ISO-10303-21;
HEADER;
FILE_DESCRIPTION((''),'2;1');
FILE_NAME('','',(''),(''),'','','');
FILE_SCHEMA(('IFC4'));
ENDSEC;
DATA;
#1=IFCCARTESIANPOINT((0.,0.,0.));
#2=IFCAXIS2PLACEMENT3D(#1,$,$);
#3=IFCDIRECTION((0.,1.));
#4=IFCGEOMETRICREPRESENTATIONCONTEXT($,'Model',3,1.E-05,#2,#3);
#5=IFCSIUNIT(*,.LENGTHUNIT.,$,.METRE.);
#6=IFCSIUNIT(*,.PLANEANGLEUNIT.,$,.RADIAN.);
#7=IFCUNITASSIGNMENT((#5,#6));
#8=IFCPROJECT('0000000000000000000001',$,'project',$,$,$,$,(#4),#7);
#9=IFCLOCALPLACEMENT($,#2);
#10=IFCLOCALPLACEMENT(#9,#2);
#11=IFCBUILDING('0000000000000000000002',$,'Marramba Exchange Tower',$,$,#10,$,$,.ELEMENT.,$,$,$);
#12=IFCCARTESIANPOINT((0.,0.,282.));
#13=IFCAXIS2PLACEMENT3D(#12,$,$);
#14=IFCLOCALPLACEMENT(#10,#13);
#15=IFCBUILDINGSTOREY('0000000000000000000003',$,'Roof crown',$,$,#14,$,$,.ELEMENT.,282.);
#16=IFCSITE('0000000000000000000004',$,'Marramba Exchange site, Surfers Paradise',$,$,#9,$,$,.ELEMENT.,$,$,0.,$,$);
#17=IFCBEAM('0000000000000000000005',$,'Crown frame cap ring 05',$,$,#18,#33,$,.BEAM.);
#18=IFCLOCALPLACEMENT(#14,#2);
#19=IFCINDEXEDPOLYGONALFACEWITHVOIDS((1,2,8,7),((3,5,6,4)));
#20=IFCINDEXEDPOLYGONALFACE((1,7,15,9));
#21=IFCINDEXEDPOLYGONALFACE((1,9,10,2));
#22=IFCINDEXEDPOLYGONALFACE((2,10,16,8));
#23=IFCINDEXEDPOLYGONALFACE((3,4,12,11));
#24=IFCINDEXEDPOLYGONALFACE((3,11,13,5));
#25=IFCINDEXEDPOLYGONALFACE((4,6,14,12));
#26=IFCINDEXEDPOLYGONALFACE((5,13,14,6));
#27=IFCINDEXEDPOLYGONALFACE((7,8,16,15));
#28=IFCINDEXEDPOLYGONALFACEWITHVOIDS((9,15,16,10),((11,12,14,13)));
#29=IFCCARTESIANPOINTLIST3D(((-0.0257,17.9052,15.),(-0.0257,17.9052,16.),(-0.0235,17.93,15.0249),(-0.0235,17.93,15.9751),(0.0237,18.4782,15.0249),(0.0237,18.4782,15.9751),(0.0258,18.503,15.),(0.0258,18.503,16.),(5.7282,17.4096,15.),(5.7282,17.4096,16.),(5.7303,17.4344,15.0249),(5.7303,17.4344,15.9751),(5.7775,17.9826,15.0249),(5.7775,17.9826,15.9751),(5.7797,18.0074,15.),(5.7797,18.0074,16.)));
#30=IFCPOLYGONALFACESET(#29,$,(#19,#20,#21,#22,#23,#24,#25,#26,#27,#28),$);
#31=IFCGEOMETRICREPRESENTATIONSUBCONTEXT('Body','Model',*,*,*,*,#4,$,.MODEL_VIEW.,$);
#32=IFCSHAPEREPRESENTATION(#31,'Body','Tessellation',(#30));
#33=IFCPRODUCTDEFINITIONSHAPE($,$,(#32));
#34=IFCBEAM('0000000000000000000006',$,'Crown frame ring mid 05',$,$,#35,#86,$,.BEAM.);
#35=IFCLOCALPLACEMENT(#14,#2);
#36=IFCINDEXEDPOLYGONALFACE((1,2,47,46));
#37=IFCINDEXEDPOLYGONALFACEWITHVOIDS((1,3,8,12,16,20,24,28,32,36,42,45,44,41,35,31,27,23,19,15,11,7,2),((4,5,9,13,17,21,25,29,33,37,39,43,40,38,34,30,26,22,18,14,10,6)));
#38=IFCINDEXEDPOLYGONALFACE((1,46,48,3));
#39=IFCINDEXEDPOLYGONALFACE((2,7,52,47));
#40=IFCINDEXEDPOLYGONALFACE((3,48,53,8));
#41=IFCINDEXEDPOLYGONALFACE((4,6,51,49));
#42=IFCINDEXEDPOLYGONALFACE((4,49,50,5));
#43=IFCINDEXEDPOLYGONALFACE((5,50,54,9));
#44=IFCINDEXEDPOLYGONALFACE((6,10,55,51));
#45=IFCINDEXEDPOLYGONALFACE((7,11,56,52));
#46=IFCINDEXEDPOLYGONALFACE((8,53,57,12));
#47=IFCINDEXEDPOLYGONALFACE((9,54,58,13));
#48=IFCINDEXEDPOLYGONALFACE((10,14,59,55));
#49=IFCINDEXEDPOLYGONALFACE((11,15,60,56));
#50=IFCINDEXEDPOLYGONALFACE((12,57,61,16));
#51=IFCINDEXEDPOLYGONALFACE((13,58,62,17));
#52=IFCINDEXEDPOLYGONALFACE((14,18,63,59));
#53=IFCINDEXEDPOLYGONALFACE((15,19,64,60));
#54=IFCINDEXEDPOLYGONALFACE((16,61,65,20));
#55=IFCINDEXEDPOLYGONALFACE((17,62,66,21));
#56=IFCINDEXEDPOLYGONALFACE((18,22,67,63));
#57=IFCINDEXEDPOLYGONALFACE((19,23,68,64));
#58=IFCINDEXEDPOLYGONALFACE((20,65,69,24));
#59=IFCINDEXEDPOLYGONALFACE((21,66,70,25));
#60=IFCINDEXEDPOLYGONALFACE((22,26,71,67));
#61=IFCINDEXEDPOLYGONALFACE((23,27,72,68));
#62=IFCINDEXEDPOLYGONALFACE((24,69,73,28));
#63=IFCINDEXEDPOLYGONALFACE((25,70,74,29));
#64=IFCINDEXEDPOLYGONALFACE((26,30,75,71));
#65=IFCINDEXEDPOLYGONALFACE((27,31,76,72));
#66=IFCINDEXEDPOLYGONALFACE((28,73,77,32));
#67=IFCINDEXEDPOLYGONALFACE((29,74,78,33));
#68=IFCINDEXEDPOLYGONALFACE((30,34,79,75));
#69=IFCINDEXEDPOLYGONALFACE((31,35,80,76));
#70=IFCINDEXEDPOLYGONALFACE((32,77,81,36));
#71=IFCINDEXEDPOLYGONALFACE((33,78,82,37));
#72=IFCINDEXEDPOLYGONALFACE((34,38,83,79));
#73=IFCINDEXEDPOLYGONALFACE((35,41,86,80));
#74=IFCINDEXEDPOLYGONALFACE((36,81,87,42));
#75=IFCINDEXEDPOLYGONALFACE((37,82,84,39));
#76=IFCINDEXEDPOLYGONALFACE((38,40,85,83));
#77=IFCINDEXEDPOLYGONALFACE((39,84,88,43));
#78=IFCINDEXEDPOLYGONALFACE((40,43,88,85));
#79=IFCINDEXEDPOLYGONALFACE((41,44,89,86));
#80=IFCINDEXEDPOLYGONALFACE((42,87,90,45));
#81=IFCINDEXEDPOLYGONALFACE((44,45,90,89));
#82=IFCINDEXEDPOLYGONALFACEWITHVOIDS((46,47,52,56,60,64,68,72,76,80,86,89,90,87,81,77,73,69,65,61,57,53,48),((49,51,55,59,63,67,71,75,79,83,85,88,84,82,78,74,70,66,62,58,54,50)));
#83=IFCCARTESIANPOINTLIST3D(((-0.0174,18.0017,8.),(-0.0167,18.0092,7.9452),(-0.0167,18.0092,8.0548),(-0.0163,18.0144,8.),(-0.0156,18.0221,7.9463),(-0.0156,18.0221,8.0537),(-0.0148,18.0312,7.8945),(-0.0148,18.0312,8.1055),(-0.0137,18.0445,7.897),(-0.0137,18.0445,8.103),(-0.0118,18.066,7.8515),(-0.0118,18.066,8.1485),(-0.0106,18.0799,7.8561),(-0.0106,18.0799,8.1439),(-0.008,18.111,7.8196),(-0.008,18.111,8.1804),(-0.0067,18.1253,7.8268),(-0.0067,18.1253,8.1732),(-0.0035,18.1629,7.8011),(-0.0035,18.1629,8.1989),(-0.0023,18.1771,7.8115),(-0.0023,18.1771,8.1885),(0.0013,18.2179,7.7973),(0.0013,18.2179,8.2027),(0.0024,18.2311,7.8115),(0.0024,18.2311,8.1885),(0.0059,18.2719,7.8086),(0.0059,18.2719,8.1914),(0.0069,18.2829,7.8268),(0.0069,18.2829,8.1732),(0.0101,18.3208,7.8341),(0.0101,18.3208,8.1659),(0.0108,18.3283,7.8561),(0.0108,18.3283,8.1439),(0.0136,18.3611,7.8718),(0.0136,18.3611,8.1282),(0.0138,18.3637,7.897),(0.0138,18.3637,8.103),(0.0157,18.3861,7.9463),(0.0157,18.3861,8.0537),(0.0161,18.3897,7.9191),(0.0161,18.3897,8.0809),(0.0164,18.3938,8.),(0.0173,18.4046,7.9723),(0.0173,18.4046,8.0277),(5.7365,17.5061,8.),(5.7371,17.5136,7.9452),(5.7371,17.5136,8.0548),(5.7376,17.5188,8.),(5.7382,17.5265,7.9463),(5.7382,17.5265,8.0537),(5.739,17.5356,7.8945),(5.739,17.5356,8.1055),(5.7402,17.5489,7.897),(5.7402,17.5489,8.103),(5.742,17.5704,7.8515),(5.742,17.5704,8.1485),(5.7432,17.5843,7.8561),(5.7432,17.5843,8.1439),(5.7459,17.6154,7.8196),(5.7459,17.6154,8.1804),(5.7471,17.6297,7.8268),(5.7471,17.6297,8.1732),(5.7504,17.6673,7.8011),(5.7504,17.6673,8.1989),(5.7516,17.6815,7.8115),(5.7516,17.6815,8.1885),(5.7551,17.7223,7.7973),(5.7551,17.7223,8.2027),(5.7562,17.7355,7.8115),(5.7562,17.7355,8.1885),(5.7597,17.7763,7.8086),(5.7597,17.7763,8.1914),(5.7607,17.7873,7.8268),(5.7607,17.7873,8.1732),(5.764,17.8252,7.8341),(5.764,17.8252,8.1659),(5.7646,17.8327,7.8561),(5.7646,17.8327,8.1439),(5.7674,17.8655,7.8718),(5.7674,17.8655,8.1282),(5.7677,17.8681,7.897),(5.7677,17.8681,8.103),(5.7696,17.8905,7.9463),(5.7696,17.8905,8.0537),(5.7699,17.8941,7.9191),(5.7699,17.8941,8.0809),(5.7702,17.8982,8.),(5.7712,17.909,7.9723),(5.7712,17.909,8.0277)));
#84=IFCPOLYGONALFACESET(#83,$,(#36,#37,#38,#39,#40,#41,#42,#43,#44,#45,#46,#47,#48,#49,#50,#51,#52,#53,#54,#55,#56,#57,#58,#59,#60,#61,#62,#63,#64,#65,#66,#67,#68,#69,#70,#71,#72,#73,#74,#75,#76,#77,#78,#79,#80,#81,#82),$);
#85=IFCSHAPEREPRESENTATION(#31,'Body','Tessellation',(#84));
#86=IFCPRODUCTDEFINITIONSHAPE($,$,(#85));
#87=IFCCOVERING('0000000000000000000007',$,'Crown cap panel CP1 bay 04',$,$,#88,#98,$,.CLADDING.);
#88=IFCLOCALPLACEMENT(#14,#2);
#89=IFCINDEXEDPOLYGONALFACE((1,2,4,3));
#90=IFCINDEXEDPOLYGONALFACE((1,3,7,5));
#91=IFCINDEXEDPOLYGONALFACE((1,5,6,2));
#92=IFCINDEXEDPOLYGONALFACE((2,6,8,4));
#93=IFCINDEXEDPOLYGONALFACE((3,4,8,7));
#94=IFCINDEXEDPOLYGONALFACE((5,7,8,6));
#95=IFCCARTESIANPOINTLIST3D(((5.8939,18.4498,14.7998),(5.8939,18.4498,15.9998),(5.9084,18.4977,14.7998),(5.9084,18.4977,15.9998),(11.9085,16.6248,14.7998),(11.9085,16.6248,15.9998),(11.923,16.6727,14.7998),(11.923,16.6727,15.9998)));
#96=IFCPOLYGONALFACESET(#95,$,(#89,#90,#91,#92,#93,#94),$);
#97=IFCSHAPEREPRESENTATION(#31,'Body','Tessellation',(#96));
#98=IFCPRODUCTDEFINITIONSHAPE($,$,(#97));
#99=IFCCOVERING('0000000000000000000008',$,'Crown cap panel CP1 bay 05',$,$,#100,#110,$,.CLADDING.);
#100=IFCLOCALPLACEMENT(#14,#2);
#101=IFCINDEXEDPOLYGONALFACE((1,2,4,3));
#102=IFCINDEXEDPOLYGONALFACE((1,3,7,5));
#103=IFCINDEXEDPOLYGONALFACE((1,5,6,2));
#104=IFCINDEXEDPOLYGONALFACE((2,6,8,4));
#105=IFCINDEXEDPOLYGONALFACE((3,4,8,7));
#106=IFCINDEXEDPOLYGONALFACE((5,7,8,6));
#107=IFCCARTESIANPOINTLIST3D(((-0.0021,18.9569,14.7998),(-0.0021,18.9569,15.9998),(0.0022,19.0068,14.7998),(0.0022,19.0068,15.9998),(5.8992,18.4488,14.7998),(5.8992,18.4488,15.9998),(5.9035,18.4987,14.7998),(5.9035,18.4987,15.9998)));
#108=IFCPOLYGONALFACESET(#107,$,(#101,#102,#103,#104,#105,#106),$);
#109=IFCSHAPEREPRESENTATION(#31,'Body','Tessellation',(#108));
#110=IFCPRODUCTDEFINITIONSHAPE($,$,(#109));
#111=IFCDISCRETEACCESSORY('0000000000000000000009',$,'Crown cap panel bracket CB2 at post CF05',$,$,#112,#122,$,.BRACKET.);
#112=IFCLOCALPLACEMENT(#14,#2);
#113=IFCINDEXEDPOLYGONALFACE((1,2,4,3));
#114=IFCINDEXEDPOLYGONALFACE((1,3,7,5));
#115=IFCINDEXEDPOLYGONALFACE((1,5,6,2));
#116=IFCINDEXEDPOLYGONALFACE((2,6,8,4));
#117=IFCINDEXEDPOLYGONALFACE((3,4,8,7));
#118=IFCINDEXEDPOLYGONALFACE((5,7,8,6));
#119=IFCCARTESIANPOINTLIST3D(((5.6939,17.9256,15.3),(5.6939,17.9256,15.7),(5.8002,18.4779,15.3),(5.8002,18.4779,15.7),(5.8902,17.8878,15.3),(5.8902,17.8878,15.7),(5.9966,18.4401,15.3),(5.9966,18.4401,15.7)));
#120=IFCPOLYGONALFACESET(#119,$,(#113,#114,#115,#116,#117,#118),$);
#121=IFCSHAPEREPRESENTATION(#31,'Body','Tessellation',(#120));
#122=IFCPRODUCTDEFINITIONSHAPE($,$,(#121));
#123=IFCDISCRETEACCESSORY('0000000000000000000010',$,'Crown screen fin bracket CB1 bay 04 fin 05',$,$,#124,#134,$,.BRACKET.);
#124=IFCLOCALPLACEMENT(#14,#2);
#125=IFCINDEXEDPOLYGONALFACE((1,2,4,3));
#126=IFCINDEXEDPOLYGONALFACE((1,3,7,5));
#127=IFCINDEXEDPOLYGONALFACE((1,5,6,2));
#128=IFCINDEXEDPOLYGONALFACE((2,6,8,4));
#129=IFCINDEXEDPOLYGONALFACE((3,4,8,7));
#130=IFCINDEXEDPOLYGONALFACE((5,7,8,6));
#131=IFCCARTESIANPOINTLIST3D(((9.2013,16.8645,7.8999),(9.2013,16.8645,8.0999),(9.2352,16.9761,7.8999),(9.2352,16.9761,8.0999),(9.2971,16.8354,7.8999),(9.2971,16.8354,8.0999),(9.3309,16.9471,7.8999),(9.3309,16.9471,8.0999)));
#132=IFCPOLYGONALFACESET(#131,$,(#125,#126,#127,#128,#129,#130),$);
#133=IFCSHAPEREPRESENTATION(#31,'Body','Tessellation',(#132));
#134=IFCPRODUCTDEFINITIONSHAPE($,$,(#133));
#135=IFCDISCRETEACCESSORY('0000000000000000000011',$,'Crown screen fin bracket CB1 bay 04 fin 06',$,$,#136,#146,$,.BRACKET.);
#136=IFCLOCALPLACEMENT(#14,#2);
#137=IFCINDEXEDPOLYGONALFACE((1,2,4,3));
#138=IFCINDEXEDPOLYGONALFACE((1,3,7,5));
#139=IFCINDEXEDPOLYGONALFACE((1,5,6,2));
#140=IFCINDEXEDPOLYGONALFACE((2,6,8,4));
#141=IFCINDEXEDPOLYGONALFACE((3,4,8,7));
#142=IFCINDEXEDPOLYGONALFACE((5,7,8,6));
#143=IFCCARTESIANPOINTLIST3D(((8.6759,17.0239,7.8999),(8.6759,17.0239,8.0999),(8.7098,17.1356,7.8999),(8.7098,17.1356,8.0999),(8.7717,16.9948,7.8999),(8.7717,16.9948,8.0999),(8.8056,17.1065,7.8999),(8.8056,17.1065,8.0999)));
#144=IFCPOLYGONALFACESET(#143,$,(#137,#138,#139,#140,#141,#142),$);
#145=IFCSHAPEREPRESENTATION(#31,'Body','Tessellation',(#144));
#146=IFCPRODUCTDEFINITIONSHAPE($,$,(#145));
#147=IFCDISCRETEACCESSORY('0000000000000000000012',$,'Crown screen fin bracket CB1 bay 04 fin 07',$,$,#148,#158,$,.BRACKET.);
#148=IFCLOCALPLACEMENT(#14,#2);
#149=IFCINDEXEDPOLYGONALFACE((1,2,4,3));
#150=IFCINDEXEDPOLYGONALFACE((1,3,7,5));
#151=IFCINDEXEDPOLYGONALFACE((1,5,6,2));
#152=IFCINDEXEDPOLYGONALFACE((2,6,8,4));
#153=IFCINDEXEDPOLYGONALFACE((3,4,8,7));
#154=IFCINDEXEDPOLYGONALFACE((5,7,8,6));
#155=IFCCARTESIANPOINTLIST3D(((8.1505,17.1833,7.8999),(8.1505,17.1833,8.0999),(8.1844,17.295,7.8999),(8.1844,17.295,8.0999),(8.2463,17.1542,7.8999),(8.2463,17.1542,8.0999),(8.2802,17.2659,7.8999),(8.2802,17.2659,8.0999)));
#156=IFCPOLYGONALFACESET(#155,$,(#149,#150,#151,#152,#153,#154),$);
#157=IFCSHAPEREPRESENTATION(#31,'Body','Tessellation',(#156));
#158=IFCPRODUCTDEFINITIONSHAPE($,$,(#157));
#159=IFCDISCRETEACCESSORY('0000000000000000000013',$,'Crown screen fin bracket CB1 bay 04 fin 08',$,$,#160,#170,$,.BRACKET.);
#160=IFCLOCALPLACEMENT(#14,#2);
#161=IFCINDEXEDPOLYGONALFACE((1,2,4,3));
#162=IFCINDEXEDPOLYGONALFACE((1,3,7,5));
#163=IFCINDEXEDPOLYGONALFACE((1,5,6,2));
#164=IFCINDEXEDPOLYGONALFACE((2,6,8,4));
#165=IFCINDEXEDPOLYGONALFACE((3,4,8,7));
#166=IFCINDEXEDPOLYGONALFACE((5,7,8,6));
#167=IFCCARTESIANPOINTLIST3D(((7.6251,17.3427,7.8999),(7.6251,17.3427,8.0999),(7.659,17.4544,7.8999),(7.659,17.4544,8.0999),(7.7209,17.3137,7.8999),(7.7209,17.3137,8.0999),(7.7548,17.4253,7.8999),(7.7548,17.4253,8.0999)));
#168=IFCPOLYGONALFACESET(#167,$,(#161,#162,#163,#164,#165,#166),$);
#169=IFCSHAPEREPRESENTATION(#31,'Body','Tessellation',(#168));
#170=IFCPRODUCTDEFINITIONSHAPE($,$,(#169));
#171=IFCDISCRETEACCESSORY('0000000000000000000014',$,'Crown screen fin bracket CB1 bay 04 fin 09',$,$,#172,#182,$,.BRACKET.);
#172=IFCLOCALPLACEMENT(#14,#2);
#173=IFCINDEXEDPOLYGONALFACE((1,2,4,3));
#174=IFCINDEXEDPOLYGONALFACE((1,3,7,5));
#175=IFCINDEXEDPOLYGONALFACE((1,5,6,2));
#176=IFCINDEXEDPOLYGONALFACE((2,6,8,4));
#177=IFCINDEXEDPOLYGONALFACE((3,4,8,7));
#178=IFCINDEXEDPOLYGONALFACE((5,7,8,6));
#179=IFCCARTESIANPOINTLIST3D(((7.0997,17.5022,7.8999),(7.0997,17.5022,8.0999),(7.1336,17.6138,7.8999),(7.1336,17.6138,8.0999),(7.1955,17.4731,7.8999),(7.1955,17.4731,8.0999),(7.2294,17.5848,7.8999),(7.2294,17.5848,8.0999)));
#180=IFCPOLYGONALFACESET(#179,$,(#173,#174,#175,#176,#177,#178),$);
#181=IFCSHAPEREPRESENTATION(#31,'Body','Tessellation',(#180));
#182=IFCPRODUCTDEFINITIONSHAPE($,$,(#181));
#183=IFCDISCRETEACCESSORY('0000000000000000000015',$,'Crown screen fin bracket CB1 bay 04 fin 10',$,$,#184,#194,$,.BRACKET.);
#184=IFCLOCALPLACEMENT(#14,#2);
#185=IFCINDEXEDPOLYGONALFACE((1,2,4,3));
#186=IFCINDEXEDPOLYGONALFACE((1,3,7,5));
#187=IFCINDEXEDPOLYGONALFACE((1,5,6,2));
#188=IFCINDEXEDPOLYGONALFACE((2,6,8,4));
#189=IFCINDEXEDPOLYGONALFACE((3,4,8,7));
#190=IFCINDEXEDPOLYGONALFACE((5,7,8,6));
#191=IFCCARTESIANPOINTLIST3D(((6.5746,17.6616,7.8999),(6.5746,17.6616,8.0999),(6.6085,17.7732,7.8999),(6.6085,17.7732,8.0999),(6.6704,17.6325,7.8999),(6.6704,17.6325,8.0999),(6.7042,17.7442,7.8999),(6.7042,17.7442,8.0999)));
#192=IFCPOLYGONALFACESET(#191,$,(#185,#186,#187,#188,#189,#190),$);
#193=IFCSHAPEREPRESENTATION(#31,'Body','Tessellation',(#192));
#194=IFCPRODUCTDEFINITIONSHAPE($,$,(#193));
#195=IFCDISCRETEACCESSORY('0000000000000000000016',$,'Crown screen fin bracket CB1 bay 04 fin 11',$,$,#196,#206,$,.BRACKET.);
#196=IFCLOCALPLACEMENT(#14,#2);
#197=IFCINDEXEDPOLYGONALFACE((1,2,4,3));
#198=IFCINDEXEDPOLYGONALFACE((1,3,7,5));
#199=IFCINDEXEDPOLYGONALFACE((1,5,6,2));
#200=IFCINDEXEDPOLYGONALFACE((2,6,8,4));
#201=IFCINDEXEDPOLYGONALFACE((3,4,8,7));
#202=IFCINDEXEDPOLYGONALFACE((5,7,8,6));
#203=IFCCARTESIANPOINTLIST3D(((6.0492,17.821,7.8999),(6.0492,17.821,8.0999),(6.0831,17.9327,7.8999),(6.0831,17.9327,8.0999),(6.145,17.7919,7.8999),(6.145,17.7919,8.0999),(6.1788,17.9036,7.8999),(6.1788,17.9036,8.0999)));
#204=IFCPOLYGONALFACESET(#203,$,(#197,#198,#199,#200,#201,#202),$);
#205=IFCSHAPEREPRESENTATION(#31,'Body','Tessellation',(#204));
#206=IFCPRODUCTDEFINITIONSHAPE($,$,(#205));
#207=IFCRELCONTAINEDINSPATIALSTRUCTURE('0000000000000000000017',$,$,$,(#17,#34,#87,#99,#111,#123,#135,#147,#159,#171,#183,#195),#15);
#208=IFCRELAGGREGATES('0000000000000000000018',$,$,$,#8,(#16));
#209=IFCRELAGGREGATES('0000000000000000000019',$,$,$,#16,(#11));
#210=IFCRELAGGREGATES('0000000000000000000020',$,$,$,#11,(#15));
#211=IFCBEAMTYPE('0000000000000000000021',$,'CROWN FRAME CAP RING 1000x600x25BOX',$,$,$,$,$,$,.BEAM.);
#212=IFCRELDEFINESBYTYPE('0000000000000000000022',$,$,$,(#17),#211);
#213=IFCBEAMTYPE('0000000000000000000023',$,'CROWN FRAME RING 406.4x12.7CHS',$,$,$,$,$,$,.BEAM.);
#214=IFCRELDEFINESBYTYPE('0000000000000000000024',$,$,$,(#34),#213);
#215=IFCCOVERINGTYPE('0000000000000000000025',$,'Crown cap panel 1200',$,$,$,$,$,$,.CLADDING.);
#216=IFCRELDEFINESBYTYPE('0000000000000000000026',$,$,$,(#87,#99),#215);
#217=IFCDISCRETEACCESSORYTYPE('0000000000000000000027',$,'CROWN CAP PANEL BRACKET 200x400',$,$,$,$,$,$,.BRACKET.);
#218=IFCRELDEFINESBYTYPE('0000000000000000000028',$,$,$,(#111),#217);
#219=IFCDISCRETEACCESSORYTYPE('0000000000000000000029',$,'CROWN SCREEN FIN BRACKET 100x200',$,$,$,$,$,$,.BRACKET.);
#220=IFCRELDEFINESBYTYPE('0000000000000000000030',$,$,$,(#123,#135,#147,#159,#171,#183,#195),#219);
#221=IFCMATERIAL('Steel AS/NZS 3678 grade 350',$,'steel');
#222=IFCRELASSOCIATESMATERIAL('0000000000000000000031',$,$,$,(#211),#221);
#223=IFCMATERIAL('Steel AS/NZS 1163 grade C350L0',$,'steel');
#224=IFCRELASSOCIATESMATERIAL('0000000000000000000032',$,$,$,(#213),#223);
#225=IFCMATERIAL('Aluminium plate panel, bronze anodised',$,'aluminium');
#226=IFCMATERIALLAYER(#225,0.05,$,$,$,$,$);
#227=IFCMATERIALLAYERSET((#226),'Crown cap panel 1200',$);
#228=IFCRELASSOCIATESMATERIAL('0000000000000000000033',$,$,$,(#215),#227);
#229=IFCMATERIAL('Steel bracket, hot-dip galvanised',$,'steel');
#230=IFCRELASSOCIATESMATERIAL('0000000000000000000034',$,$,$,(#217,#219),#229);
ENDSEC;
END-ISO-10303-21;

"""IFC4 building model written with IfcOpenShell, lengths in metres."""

from ifc_helpers import new_model, si_unit, direction, frame, origin, origin_2d, place, context, subcontext, project, spatial, rectangle, hollow_rectangle, hollow_circle, extrude, material, layer, layer_set, material_profile, profile_set, type_object, element, save


model = new_model("IFC4")

# Units and contexts
model_context = context("Model", 3, precision=1e-05, world=origin(), true_north=direction((0.0, 1.0)))
body_context = subcontext(model_context, "Body", "Model", "MODEL_VIEW")
ifc_project = project(units=[si_unit("LENGTHUNIT", "METRE"), si_unit("PLANEANGLEUNIT", "RADIAN")], contexts=[model_context])

# Site, building, storey
site_placement = place(None, origin())
site = spatial("IfcSite", under=ifc_project, at=site_placement, Name="Marramba Exchange site, Surfers Paradise", CompositionType="ELEMENT", RefElevation=0.0)
building_placement = place(site_placement, origin())
building = spatial("IfcBuilding", under=site, at=building_placement, Name="Marramba Exchange Tower", CompositionType="ELEMENT")
storey_placement = place(building_placement, frame((0.0, 0.0, 282.0)))
storey = spatial("IfcBuildingStorey", under=building, at=storey_placement, Name="Roof crown", CompositionType="ELEMENT", Elevation=282.0)

# Beams
ifc_material_1 = material(Name="Steel AS/NZS 3678 grade 350", Category="steel")
ifc_material_profile_1 = material_profile(ifc_material_1, hollow_rectangle(XDim=0.6001, YDim=1.0, WallThickness=0.0249, at=origin_2d()), Name="1000x600x25BOX")
ifc_profile_set_1 = profile_set([ifc_material_profile_1], Name="Steel AS/NZS 3678 grade 350")
beam_type_1 = type_object("IfcBeamType", Name="CROWN FRAME CAP RING 1000x600x25BOX", PredefinedType="BEAM", material=ifc_profile_set_1)
beam_1_placement = place(storey_placement, frame((5.7539, 17.7085, 15.5), z_axis=(-0.996311, 0.085816, 0.0), x_axis=(-0.085816, -0.996311, 0.0)))
element("IfcBeam", 1, at=beam_1_placement, inside=storey, type_object=beam_type_1, Name="Crown frame cap ring 05", PredefinedType="BEAM", context=body_context, shape_type="SweptSolid", body=[
    extrude(hollow_rectangle(XDim=0.6001, YDim=1.0, WallThickness=0.0249, at=origin_2d()), origin(), (0.0, 0.0, 1.0), 5.7751),
])
ifc_material_2 = material(Name="Steel AS/NZS 1163 grade C350L0", Category="steel")
ifc_material_profile_2 = material_profile(ifc_material_2, hollow_circle(Radius=0.2031, WallThickness=0.0127, at=origin_2d()), Name="406.4x12.7CHS")
ifc_profile_set_2 = profile_set([ifc_material_profile_2], Name="Steel AS/NZS 1163 grade C350L0")
beam_type_2 = type_object("IfcBeamType", Name="CROWN FRAME RING 406.4x12.7CHS", PredefinedType="BEAM", material=ifc_profile_set_2)
beam_2_placement = place(storey_placement, frame((5.7539, 17.7085, 8.0), z_axis=(-0.996311, 0.085816, 0.0), x_axis=(-0.085816, -0.996311, 0.0)))
element("IfcBeam", 2, at=beam_2_placement, inside=storey, type_object=beam_type_2, Name="Crown frame ring mid 05", PredefinedType="BEAM", context=body_context, shape_type="SweptSolid", body=[
    extrude(hollow_circle(Radius=0.2031, WallThickness=0.0127, at=origin_2d()), origin(), (0.0, 0.0, 1.0), 5.7751),
])

# Coverings
ifc_material_3 = material(Name="Aluminium plate panel, bronze anodised", Category="aluminium")
ifc_layer = layer(ifc_material_3, 0.05)
ifc_layer_set = layer_set([ifc_layer], Name="Crown cap panel 1200")
covering_type = type_object("IfcCoveringType", Name="Crown cap panel 1200", PredefinedType="CLADDING", material=ifc_layer_set)
covering_1_placement = place(storey_placement, frame((8.9084, 17.5613, 14.7998), z_axis=(0.0, 0.0, 1.0), x_axis=(-0.95692, 0.290352, 0.0)))
element("IfcCovering", 3, at=covering_1_placement, inside=storey, type_object=covering_type, Name="Crown cap panel CP1 bay 04", PredefinedType="CLADDING", context=body_context, shape_type="SweptSolid", body=[
    extrude(rectangle(XDim=6.2854, YDim=0.05, at=origin_2d()), origin(), (0.0, 0.0, 1.0), 1.2),
])
covering_2_placement = place(storey_placement, frame((2.9507, 18.7278, 14.7998), z_axis=(0.0, 0.0, 1.0), x_axis=(-0.996314, 0.085783, 0.0)))
element("IfcCovering", 4, at=covering_2_placement, inside=storey, type_object=covering_type, Name="Crown cap panel CP1 bay 05", PredefinedType="CLADDING", context=body_context, shape_type="SweptSolid", body=[
    extrude(rectangle(XDim=5.9231, YDim=0.05, at=origin_2d()), origin(), (0.0, 0.0, 1.0), 1.2),
])

# Discrete accessories
ifc_material_4 = material(Name="Steel bracket, hot-dip galvanised", Category="steel")
discrete_accessory_type_1 = type_object("IfcDiscreteAccessoryType", Name="CROWN CAP PANEL BRACKET 200x400", PredefinedType="BRACKET", material=ifc_material_4)
discrete_accessory_placement = place(storey_placement, frame((5.8452, 18.1829, 15.3), z_axis=(0.0, 0.0, 1.0), x_axis=(0.189096, 0.981959, 0.0)))
element("IfcDiscreteAccessory", 5, at=discrete_accessory_placement, inside=storey, type_object=discrete_accessory_type_1, Name="Crown cap panel bracket CB2 at post CF05", PredefinedType="BRACKET", context=body_context, shape_type="SweptSolid", body=[
    extrude(rectangle(XDim=0.5625, YDim=0.2, at=origin_2d()), origin(), (0.0, 0.0, 1.0), 0.3999),
])
discrete_accessory_type_2 = type_object("IfcDiscreteAccessoryType", Name="CROWN SCREEN FIN BRACKET 100x200", PredefinedType="BRACKET", material=ifc_material_4)
for number, where, z_axis, x_axis, name in (
    (6, (9.2661, 16.9058, 7.8999), (0.0, 0.0, 1.0), (-0.95692, 0.290352, 0.0), "Crown screen fin bracket CB1 bay 04 fin 05"),
    (7, (8.7407, 17.0652, 7.8999), (0.0, 0.0, 1.0), (-0.95692, 0.290352, 0.0), "Crown screen fin bracket CB1 bay 04 fin 06"),
    (8, (8.2153, 17.2246, 7.8999), (0.0, 0.0, 1.0), (-0.95692, 0.290352, 0.0), "Crown screen fin bracket CB1 bay 04 fin 07"),
    (9, (7.6899, 17.384, 7.8999), (0.0, 0.0, 1.0), (-0.95692, 0.290352, 0.0), "Crown screen fin bracket CB1 bay 04 fin 08"),
    (10, (7.1646, 17.5435, 7.8999), (0.0, 0.0, 1.0), (-0.95692, 0.290352, 0.0), "Crown screen fin bracket CB1 bay 04 fin 09"),
    (11, (6.6394, 17.7029, 7.8999), (0.0, 0.0, 1.0), (-0.95692, 0.290352, 0.0), "Crown screen fin bracket CB1 bay 04 fin 10"),
    (12, (6.114, 17.8623, 7.8999), (0.0, 0.0, 1.0), (-0.95692, 0.290352, 0.0), "Crown screen fin bracket CB1 bay 04 fin 11"),
):
    element("IfcDiscreteAccessory", number, at=place(storey_placement, frame(where, z_axis=z_axis, x_axis=x_axis)), inside=storey, type_object=discrete_accessory_type_2, Name=name, PredefinedType="BRACKET", context=body_context, shape_type="SweptSolid", body=[
        extrude(rectangle(XDim=0.1001, YDim=0.1167, at=origin_2d()), origin(), (0.0, 0.0, 1.0), 0.2),
    ])

save(model, "model.ifc")
